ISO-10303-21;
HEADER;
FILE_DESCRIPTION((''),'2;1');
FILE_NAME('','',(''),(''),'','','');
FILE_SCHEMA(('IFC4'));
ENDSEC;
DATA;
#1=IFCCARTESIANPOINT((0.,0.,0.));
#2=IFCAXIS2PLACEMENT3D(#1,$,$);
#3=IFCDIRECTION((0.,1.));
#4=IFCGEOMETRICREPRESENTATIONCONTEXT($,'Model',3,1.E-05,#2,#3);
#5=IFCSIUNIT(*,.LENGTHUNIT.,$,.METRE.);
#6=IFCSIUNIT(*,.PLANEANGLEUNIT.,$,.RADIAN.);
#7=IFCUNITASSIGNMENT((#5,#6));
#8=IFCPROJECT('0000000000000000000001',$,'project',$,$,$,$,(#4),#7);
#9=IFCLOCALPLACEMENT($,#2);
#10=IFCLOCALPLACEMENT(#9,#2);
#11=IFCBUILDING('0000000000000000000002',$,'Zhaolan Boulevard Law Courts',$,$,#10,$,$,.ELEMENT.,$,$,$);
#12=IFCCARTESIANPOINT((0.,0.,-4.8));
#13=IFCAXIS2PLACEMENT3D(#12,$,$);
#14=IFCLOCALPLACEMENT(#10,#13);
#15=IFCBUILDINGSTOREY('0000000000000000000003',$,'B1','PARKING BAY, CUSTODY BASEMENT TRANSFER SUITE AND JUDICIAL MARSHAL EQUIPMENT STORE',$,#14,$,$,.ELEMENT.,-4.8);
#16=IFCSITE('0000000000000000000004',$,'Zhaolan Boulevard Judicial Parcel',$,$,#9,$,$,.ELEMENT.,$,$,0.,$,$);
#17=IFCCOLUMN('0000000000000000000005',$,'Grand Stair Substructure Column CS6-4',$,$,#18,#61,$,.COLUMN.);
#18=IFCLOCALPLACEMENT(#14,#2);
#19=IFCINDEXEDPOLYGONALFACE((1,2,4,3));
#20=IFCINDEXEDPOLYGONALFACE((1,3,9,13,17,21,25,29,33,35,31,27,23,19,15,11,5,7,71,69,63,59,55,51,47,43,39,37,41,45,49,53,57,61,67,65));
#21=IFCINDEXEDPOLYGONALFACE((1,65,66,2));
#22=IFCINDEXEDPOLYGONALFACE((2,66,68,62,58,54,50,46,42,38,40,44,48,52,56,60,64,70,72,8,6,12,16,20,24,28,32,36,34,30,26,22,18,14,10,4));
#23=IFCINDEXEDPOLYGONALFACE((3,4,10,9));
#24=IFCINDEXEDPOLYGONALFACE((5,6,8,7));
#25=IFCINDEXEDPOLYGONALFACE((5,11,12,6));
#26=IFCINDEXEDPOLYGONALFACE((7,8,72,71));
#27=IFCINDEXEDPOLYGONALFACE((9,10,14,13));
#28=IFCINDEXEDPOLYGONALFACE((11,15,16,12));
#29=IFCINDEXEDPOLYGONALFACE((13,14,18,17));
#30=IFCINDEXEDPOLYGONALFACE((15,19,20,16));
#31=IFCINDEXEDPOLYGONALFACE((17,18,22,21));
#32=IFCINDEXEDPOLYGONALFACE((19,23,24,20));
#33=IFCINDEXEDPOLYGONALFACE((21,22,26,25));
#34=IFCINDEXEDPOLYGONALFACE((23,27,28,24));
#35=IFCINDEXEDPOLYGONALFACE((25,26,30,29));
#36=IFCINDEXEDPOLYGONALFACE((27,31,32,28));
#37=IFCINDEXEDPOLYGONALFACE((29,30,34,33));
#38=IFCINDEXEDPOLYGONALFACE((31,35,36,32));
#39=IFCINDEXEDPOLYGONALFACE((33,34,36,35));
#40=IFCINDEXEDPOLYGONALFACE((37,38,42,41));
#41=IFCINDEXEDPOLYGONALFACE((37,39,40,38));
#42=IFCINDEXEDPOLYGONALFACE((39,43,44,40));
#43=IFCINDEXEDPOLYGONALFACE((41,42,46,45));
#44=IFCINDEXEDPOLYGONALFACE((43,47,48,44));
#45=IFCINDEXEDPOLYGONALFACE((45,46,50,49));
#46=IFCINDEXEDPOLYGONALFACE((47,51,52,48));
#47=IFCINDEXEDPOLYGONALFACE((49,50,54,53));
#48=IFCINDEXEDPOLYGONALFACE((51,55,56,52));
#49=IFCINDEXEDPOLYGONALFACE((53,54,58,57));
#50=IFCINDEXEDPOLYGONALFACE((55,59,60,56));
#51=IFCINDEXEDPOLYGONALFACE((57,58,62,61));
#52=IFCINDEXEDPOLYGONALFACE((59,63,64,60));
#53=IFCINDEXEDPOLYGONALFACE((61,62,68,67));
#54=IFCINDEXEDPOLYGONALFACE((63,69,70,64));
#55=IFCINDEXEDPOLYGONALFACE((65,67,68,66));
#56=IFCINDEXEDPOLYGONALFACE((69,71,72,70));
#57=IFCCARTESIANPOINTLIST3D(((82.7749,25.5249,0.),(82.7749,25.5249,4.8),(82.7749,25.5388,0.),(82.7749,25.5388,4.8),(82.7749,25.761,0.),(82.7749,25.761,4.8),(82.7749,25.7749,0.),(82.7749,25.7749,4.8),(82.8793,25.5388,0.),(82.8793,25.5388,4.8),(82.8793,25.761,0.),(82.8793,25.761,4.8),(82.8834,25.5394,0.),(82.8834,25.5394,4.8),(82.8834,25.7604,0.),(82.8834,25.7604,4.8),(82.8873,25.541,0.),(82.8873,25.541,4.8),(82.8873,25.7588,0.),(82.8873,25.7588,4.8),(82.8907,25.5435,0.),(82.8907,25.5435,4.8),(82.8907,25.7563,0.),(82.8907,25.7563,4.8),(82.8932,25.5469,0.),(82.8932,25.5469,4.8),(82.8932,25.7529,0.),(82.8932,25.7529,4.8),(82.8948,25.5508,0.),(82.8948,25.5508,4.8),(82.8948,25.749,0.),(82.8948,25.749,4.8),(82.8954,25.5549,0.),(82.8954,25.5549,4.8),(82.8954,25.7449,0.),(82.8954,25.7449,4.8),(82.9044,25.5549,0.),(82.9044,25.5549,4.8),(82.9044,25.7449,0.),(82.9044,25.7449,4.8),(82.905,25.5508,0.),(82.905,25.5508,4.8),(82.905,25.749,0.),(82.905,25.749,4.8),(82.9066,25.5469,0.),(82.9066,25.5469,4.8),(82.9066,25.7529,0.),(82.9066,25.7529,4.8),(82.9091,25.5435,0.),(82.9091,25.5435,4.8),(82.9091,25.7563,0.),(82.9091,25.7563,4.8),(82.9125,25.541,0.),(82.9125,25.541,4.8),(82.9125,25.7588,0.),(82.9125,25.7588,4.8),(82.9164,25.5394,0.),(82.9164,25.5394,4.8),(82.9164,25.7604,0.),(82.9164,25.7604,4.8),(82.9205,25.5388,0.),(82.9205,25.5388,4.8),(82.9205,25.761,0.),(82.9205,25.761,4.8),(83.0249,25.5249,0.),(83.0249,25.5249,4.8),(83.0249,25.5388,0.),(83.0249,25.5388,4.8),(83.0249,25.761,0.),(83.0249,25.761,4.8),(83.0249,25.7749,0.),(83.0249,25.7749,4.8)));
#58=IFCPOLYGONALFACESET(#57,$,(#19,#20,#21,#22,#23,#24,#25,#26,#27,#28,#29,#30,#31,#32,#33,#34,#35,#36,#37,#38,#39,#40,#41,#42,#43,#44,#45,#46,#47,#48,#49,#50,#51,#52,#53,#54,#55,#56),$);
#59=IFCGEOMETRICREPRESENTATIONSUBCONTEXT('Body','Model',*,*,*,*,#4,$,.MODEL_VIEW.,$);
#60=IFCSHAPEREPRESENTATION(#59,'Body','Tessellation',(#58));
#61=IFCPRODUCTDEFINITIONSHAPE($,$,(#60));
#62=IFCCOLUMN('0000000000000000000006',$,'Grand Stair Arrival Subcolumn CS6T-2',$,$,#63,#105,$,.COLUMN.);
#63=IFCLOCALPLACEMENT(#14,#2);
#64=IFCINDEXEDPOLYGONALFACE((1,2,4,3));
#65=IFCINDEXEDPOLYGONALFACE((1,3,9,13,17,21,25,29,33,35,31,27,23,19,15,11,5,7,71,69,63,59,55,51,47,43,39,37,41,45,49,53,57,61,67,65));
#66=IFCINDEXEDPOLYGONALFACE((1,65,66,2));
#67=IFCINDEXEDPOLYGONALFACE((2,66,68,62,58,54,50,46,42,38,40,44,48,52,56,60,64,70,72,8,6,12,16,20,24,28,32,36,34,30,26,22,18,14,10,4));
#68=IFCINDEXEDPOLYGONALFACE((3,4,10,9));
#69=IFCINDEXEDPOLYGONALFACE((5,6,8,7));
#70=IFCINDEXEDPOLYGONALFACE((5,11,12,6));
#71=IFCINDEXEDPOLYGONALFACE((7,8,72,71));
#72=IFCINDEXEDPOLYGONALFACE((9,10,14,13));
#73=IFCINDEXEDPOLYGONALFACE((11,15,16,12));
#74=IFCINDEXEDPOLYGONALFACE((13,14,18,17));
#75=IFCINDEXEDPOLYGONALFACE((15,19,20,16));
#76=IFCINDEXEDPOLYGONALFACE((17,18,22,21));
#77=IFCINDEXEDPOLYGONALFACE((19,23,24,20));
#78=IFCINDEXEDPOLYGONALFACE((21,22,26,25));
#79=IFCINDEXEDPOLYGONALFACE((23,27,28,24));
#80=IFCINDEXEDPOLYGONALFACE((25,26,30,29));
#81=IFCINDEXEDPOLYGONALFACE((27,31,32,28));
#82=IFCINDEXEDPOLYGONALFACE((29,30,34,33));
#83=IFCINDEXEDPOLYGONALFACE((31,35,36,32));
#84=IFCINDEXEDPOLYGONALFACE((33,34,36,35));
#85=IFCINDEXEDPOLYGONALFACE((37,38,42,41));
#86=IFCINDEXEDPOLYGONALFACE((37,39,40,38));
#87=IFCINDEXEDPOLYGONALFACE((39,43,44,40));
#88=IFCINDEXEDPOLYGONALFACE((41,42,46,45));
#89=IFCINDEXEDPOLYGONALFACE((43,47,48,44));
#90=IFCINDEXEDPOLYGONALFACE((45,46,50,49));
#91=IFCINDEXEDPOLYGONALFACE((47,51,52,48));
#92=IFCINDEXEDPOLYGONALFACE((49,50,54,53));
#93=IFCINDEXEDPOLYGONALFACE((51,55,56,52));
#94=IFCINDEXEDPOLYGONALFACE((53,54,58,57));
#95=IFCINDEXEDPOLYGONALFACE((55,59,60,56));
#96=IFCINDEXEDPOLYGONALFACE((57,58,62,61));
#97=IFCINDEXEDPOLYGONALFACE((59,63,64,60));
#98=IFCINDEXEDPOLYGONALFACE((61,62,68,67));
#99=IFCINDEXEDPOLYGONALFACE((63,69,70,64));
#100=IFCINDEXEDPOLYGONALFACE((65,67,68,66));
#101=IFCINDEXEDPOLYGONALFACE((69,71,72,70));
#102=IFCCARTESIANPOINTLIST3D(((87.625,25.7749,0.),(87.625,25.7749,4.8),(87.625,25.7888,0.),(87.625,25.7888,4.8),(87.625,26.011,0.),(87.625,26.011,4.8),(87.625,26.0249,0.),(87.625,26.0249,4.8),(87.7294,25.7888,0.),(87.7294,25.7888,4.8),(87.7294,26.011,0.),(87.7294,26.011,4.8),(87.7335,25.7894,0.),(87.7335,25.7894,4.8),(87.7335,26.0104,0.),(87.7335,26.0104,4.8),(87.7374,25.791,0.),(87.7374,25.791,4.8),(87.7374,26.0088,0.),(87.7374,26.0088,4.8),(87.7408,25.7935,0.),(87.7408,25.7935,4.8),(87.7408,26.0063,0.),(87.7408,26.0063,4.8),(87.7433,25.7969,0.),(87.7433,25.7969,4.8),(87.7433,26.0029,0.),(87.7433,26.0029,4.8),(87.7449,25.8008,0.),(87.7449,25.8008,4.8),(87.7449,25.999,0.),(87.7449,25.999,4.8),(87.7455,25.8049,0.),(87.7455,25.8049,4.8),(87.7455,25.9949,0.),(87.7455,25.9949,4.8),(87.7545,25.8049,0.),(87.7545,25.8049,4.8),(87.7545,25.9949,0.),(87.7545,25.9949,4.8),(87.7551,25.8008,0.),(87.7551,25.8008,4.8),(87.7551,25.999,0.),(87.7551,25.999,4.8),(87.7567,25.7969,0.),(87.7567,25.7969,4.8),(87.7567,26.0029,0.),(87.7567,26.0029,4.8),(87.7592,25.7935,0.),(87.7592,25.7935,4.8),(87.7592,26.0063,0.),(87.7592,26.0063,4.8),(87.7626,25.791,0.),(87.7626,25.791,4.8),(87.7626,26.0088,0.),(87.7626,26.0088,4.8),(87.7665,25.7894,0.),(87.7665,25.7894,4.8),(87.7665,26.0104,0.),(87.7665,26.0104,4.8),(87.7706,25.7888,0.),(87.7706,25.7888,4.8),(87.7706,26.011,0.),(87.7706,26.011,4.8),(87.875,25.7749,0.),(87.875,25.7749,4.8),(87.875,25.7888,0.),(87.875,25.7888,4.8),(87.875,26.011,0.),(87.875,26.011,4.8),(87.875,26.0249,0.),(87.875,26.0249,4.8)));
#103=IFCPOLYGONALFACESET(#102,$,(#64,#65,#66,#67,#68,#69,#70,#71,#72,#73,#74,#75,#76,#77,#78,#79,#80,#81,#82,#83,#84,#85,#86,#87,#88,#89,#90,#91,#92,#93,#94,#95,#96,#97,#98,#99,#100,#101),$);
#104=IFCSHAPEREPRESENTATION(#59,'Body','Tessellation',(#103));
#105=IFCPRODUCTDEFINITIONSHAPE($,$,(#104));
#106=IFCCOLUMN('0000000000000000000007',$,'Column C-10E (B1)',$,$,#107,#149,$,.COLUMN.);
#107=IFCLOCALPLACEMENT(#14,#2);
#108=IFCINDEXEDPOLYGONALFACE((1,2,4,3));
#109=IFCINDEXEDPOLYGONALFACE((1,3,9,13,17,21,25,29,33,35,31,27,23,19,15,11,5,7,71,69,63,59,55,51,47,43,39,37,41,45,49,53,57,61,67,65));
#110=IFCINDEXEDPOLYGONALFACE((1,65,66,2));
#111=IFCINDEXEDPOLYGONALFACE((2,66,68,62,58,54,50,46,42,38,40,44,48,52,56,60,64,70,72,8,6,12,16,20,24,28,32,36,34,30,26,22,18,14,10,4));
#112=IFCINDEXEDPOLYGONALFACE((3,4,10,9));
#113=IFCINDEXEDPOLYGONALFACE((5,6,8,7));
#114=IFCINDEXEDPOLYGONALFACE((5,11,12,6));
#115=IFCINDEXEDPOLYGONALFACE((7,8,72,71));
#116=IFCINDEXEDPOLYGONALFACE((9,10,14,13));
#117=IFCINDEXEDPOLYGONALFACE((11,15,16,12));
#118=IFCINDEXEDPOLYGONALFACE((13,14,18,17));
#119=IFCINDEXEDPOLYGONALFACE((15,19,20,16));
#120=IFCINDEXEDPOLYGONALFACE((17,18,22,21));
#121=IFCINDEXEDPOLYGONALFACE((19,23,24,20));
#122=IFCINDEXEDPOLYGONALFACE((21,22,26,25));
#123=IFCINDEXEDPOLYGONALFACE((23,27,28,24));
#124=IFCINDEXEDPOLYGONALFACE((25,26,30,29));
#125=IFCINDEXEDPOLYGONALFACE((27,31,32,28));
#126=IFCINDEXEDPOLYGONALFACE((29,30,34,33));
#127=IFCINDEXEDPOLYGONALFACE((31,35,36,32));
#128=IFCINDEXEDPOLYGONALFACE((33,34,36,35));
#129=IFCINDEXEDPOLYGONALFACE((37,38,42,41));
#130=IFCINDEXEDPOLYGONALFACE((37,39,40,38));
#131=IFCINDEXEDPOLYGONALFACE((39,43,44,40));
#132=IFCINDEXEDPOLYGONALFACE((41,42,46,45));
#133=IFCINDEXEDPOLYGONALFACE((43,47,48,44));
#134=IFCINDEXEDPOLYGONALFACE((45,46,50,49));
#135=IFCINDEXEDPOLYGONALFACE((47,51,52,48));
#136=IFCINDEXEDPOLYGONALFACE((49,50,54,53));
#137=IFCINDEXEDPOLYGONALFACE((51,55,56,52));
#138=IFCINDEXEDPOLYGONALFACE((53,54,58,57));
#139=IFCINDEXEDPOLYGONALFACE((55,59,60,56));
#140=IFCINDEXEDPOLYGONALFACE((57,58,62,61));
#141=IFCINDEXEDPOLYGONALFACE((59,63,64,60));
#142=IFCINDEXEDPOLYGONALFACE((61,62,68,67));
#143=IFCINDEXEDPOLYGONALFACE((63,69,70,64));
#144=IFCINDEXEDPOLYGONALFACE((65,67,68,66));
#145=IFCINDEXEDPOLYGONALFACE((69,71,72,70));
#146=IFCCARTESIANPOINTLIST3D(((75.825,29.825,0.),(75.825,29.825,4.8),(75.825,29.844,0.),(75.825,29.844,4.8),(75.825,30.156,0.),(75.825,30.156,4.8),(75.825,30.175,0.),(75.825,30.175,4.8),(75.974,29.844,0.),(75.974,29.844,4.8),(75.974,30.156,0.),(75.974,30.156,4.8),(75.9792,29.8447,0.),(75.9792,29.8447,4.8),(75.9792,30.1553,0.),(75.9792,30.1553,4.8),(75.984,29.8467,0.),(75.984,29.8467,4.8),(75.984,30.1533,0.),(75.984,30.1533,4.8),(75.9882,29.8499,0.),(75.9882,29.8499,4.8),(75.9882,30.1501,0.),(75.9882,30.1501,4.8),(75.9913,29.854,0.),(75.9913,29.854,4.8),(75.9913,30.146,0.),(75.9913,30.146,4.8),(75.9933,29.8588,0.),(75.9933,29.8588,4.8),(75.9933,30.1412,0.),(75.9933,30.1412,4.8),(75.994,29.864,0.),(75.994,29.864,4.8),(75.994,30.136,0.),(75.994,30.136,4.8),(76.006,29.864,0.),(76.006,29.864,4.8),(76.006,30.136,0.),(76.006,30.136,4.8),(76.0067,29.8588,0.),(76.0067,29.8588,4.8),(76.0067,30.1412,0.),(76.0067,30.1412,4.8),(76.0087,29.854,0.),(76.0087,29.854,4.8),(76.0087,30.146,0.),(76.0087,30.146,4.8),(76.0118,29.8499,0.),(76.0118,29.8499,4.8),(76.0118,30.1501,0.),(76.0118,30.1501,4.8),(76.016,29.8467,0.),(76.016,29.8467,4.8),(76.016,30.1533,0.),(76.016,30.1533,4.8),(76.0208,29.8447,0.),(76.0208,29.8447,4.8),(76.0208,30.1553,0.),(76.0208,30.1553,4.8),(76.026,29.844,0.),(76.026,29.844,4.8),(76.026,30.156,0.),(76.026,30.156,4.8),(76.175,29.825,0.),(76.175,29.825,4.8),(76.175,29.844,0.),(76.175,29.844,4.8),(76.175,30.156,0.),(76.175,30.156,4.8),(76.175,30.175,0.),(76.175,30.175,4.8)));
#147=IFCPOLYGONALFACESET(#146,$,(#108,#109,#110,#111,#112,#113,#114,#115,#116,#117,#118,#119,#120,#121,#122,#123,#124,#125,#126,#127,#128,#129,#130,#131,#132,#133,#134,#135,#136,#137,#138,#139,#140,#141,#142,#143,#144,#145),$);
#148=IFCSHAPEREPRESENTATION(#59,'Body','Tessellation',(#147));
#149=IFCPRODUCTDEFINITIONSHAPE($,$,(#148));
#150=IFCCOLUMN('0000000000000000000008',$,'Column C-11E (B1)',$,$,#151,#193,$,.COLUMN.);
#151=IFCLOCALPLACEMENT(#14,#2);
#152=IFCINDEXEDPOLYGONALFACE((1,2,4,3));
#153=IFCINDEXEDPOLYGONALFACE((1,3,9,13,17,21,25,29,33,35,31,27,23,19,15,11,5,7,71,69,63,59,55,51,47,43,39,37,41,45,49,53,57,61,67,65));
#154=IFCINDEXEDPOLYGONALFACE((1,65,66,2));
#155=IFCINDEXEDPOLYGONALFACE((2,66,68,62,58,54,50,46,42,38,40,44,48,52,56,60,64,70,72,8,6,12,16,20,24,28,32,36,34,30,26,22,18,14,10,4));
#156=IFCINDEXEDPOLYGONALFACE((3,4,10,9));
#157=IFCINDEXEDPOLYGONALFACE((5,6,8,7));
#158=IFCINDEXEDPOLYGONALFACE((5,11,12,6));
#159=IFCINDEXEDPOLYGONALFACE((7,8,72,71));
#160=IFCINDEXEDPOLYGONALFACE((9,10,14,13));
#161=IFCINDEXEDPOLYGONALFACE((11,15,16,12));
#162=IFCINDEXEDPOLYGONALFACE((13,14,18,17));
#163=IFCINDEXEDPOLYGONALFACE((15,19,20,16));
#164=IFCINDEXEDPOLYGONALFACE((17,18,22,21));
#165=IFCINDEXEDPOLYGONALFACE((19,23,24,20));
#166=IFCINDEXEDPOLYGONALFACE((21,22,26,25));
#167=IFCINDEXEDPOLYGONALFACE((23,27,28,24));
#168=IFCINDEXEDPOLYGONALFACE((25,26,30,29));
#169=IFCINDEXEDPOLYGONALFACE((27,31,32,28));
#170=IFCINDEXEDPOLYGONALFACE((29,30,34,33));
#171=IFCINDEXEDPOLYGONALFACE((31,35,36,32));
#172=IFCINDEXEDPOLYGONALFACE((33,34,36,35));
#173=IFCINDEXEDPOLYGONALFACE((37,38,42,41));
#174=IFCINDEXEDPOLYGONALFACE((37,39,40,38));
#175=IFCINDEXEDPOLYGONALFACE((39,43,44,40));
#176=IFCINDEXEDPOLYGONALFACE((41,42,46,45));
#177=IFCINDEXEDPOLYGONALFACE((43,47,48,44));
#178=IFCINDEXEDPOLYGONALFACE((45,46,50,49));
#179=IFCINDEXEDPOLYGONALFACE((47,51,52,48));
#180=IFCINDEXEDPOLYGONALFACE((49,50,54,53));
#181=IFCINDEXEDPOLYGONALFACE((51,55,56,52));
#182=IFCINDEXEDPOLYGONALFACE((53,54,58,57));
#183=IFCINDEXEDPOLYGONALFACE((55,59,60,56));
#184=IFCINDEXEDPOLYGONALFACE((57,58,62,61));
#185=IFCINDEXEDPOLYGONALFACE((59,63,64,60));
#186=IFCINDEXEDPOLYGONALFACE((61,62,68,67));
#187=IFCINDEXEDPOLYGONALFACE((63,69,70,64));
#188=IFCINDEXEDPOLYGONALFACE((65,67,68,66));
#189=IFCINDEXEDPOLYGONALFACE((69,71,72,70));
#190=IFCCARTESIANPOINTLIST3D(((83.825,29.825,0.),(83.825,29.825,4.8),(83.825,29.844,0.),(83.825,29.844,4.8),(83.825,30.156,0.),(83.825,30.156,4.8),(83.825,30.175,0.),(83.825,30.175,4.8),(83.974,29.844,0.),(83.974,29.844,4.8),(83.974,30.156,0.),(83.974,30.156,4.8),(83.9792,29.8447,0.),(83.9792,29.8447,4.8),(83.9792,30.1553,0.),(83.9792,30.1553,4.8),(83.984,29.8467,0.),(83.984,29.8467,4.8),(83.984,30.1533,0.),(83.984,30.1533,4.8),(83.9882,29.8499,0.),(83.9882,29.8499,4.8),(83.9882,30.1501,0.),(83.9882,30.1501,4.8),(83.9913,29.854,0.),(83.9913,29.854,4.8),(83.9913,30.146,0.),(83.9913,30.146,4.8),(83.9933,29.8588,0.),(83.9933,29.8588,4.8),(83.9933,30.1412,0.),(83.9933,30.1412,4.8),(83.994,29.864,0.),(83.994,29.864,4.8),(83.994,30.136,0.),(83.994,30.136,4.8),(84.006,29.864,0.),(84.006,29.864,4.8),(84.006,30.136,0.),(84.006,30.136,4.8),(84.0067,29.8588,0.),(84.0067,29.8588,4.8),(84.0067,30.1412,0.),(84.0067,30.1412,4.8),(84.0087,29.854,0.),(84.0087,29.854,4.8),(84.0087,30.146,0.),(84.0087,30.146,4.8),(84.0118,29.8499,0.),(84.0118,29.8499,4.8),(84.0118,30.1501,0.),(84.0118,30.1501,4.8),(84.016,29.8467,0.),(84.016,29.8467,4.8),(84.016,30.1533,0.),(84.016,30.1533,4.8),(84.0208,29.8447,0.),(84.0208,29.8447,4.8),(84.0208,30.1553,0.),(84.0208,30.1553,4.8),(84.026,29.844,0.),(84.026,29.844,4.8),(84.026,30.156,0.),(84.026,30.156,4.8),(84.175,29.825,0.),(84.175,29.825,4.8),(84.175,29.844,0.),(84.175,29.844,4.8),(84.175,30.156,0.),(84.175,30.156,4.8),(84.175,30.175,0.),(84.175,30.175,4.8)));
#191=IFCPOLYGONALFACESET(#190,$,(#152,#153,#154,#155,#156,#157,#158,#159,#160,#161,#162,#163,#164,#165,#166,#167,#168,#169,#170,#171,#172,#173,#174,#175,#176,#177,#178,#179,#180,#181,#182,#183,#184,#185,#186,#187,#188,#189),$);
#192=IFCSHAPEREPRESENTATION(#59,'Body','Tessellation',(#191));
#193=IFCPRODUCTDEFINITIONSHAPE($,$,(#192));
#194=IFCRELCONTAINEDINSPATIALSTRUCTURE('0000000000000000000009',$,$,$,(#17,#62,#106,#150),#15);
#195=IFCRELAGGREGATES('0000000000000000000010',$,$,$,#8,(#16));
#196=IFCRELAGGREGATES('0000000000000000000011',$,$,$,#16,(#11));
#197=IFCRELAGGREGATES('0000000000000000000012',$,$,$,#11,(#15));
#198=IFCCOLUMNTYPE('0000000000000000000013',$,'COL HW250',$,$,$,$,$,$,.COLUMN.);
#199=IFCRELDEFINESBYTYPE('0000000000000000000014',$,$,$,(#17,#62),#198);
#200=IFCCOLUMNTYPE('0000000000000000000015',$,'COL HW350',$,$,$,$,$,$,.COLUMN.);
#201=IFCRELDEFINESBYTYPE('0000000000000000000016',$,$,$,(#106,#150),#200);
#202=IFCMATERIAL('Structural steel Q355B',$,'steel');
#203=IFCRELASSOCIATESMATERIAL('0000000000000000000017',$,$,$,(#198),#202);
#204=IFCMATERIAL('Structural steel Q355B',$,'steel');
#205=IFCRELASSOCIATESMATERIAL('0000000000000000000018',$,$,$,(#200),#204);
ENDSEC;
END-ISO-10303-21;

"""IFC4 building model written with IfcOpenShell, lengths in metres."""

from ifc_helpers import new_model, si_unit, direction, frame, origin, origin_2d, place, context, subcontext, project, spatial, i_section, extrude, material, material_profile, profile_set, type_object, element, save


model = new_model("IFC4")

# Units and contexts
model_context = context("Model", 3, precision=1e-05, world=origin(), true_north=direction((0.0, 1.0)))
body_context = subcontext(model_context, "Body", "Model", "MODEL_VIEW")
ifc_project = project(units=[si_unit("LENGTHUNIT", "METRE"), si_unit("PLANEANGLEUNIT", "RADIAN")], contexts=[model_context])

# Site, building, storey
site_placement = place(None, origin())
site = spatial("IfcSite", under=ifc_project, at=site_placement, Name="Zhaolan Boulevard Judicial Parcel", CompositionType="ELEMENT", RefElevation=0.0)
building_placement = place(site_placement, origin())
building = spatial("IfcBuilding", under=site, at=building_placement, Name="Zhaolan Boulevard Law Courts", CompositionType="ELEMENT")
storey_placement = place(building_placement, frame((0.0, 0.0, -4.8)))
storey = spatial("IfcBuildingStorey", under=building, at=storey_placement, Name="B1", Description="PARKING BAY, CUSTODY BASEMENT TRANSFER SUITE AND JUDICIAL MARSHAL EQUIPMENT STORE", CompositionType="ELEMENT", Elevation=-4.8)

# Columns
ifc_material_1 = material(Name="Structural steel Q355B", Category="steel")
ifc_material_profile_1 = material_profile(ifc_material_1, i_section(OverallWidth=0.25, OverallDepth=0.25, WebThickness=0.009, FlangeThickness=0.0139, FilletRadius=0.0161, at=origin_2d()), Name="HW250x250")
ifc_profile_set_1 = profile_set([ifc_material_profile_1], Name="Structural steel Q355B")
column_type_1 = type_object("IfcColumnType", Name="COL HW250", PredefinedType="COLUMN", material=ifc_profile_set_1)
for number, where, z_axis, x_axis, name in (
    (1, (82.8999, 25.6499, 0.0), (0.0, 0.0, 1.0), (1.0, 0.0, 0.0), "Grand Stair Substructure Column CS6-4"),
    (2, (87.75, 25.8999, 0.0), (0.0, 0.0, 1.0), (1.0, 0.0, 0.0), "Grand Stair Arrival Subcolumn CS6T-2"),
):
    element("IfcColumn", number, at=place(storey_placement, frame(where, z_axis=z_axis, x_axis=x_axis)), inside=storey, type_object=column_type_1, Name=name, PredefinedType="COLUMN", context=body_context, shape_type="SweptSolid", body=[
        extrude(i_section(OverallWidth=0.25, OverallDepth=0.25, WebThickness=0.009, FlangeThickness=0.0139, FilletRadius=0.0161, at=origin_2d()), origin(), (0.0, 0.0, 1.0), 4.8),
    ])
ifc_material_2 = material(Name="Structural steel Q355B", Category="steel")
ifc_material_profile_2 = material_profile(ifc_material_2, i_section(OverallWidth=0.3501, OverallDepth=0.3501, WebThickness=0.012, FlangeThickness=0.019, FilletRadius=0.02, at=origin_2d()), Name="HW350x350")
ifc_profile_set_2 = profile_set([ifc_material_profile_2], Name="Structural steel Q355B")
column_type_2 = type_object("IfcColumnType", Name="COL HW350", PredefinedType="COLUMN", material=ifc_profile_set_2)
for number, where, z_axis, x_axis, name in (
    (3, (76.0, 30.0, 0.0), (0.0, 0.0, 1.0), (1.0, 0.0, 0.0), "Column C-10E (B1)"),
    (4, (84.0, 30.0, 0.0), (0.0, 0.0, 1.0), (1.0, 0.0, 0.0), "Column C-11E (B1)"),
):
    element("IfcColumn", number, at=place(storey_placement, frame(where, z_axis=z_axis, x_axis=x_axis)), inside=storey, type_object=column_type_2, Name=name, PredefinedType="COLUMN", context=body_context, shape_type="SweptSolid", body=[
        extrude(i_section(OverallWidth=0.3501, OverallDepth=0.3501, WebThickness=0.012, FlangeThickness=0.019, FilletRadius=0.02, at=origin_2d()), origin(), (0.0, 0.0, 1.0), 4.8),
    ])

save(model, "model.ifc")
